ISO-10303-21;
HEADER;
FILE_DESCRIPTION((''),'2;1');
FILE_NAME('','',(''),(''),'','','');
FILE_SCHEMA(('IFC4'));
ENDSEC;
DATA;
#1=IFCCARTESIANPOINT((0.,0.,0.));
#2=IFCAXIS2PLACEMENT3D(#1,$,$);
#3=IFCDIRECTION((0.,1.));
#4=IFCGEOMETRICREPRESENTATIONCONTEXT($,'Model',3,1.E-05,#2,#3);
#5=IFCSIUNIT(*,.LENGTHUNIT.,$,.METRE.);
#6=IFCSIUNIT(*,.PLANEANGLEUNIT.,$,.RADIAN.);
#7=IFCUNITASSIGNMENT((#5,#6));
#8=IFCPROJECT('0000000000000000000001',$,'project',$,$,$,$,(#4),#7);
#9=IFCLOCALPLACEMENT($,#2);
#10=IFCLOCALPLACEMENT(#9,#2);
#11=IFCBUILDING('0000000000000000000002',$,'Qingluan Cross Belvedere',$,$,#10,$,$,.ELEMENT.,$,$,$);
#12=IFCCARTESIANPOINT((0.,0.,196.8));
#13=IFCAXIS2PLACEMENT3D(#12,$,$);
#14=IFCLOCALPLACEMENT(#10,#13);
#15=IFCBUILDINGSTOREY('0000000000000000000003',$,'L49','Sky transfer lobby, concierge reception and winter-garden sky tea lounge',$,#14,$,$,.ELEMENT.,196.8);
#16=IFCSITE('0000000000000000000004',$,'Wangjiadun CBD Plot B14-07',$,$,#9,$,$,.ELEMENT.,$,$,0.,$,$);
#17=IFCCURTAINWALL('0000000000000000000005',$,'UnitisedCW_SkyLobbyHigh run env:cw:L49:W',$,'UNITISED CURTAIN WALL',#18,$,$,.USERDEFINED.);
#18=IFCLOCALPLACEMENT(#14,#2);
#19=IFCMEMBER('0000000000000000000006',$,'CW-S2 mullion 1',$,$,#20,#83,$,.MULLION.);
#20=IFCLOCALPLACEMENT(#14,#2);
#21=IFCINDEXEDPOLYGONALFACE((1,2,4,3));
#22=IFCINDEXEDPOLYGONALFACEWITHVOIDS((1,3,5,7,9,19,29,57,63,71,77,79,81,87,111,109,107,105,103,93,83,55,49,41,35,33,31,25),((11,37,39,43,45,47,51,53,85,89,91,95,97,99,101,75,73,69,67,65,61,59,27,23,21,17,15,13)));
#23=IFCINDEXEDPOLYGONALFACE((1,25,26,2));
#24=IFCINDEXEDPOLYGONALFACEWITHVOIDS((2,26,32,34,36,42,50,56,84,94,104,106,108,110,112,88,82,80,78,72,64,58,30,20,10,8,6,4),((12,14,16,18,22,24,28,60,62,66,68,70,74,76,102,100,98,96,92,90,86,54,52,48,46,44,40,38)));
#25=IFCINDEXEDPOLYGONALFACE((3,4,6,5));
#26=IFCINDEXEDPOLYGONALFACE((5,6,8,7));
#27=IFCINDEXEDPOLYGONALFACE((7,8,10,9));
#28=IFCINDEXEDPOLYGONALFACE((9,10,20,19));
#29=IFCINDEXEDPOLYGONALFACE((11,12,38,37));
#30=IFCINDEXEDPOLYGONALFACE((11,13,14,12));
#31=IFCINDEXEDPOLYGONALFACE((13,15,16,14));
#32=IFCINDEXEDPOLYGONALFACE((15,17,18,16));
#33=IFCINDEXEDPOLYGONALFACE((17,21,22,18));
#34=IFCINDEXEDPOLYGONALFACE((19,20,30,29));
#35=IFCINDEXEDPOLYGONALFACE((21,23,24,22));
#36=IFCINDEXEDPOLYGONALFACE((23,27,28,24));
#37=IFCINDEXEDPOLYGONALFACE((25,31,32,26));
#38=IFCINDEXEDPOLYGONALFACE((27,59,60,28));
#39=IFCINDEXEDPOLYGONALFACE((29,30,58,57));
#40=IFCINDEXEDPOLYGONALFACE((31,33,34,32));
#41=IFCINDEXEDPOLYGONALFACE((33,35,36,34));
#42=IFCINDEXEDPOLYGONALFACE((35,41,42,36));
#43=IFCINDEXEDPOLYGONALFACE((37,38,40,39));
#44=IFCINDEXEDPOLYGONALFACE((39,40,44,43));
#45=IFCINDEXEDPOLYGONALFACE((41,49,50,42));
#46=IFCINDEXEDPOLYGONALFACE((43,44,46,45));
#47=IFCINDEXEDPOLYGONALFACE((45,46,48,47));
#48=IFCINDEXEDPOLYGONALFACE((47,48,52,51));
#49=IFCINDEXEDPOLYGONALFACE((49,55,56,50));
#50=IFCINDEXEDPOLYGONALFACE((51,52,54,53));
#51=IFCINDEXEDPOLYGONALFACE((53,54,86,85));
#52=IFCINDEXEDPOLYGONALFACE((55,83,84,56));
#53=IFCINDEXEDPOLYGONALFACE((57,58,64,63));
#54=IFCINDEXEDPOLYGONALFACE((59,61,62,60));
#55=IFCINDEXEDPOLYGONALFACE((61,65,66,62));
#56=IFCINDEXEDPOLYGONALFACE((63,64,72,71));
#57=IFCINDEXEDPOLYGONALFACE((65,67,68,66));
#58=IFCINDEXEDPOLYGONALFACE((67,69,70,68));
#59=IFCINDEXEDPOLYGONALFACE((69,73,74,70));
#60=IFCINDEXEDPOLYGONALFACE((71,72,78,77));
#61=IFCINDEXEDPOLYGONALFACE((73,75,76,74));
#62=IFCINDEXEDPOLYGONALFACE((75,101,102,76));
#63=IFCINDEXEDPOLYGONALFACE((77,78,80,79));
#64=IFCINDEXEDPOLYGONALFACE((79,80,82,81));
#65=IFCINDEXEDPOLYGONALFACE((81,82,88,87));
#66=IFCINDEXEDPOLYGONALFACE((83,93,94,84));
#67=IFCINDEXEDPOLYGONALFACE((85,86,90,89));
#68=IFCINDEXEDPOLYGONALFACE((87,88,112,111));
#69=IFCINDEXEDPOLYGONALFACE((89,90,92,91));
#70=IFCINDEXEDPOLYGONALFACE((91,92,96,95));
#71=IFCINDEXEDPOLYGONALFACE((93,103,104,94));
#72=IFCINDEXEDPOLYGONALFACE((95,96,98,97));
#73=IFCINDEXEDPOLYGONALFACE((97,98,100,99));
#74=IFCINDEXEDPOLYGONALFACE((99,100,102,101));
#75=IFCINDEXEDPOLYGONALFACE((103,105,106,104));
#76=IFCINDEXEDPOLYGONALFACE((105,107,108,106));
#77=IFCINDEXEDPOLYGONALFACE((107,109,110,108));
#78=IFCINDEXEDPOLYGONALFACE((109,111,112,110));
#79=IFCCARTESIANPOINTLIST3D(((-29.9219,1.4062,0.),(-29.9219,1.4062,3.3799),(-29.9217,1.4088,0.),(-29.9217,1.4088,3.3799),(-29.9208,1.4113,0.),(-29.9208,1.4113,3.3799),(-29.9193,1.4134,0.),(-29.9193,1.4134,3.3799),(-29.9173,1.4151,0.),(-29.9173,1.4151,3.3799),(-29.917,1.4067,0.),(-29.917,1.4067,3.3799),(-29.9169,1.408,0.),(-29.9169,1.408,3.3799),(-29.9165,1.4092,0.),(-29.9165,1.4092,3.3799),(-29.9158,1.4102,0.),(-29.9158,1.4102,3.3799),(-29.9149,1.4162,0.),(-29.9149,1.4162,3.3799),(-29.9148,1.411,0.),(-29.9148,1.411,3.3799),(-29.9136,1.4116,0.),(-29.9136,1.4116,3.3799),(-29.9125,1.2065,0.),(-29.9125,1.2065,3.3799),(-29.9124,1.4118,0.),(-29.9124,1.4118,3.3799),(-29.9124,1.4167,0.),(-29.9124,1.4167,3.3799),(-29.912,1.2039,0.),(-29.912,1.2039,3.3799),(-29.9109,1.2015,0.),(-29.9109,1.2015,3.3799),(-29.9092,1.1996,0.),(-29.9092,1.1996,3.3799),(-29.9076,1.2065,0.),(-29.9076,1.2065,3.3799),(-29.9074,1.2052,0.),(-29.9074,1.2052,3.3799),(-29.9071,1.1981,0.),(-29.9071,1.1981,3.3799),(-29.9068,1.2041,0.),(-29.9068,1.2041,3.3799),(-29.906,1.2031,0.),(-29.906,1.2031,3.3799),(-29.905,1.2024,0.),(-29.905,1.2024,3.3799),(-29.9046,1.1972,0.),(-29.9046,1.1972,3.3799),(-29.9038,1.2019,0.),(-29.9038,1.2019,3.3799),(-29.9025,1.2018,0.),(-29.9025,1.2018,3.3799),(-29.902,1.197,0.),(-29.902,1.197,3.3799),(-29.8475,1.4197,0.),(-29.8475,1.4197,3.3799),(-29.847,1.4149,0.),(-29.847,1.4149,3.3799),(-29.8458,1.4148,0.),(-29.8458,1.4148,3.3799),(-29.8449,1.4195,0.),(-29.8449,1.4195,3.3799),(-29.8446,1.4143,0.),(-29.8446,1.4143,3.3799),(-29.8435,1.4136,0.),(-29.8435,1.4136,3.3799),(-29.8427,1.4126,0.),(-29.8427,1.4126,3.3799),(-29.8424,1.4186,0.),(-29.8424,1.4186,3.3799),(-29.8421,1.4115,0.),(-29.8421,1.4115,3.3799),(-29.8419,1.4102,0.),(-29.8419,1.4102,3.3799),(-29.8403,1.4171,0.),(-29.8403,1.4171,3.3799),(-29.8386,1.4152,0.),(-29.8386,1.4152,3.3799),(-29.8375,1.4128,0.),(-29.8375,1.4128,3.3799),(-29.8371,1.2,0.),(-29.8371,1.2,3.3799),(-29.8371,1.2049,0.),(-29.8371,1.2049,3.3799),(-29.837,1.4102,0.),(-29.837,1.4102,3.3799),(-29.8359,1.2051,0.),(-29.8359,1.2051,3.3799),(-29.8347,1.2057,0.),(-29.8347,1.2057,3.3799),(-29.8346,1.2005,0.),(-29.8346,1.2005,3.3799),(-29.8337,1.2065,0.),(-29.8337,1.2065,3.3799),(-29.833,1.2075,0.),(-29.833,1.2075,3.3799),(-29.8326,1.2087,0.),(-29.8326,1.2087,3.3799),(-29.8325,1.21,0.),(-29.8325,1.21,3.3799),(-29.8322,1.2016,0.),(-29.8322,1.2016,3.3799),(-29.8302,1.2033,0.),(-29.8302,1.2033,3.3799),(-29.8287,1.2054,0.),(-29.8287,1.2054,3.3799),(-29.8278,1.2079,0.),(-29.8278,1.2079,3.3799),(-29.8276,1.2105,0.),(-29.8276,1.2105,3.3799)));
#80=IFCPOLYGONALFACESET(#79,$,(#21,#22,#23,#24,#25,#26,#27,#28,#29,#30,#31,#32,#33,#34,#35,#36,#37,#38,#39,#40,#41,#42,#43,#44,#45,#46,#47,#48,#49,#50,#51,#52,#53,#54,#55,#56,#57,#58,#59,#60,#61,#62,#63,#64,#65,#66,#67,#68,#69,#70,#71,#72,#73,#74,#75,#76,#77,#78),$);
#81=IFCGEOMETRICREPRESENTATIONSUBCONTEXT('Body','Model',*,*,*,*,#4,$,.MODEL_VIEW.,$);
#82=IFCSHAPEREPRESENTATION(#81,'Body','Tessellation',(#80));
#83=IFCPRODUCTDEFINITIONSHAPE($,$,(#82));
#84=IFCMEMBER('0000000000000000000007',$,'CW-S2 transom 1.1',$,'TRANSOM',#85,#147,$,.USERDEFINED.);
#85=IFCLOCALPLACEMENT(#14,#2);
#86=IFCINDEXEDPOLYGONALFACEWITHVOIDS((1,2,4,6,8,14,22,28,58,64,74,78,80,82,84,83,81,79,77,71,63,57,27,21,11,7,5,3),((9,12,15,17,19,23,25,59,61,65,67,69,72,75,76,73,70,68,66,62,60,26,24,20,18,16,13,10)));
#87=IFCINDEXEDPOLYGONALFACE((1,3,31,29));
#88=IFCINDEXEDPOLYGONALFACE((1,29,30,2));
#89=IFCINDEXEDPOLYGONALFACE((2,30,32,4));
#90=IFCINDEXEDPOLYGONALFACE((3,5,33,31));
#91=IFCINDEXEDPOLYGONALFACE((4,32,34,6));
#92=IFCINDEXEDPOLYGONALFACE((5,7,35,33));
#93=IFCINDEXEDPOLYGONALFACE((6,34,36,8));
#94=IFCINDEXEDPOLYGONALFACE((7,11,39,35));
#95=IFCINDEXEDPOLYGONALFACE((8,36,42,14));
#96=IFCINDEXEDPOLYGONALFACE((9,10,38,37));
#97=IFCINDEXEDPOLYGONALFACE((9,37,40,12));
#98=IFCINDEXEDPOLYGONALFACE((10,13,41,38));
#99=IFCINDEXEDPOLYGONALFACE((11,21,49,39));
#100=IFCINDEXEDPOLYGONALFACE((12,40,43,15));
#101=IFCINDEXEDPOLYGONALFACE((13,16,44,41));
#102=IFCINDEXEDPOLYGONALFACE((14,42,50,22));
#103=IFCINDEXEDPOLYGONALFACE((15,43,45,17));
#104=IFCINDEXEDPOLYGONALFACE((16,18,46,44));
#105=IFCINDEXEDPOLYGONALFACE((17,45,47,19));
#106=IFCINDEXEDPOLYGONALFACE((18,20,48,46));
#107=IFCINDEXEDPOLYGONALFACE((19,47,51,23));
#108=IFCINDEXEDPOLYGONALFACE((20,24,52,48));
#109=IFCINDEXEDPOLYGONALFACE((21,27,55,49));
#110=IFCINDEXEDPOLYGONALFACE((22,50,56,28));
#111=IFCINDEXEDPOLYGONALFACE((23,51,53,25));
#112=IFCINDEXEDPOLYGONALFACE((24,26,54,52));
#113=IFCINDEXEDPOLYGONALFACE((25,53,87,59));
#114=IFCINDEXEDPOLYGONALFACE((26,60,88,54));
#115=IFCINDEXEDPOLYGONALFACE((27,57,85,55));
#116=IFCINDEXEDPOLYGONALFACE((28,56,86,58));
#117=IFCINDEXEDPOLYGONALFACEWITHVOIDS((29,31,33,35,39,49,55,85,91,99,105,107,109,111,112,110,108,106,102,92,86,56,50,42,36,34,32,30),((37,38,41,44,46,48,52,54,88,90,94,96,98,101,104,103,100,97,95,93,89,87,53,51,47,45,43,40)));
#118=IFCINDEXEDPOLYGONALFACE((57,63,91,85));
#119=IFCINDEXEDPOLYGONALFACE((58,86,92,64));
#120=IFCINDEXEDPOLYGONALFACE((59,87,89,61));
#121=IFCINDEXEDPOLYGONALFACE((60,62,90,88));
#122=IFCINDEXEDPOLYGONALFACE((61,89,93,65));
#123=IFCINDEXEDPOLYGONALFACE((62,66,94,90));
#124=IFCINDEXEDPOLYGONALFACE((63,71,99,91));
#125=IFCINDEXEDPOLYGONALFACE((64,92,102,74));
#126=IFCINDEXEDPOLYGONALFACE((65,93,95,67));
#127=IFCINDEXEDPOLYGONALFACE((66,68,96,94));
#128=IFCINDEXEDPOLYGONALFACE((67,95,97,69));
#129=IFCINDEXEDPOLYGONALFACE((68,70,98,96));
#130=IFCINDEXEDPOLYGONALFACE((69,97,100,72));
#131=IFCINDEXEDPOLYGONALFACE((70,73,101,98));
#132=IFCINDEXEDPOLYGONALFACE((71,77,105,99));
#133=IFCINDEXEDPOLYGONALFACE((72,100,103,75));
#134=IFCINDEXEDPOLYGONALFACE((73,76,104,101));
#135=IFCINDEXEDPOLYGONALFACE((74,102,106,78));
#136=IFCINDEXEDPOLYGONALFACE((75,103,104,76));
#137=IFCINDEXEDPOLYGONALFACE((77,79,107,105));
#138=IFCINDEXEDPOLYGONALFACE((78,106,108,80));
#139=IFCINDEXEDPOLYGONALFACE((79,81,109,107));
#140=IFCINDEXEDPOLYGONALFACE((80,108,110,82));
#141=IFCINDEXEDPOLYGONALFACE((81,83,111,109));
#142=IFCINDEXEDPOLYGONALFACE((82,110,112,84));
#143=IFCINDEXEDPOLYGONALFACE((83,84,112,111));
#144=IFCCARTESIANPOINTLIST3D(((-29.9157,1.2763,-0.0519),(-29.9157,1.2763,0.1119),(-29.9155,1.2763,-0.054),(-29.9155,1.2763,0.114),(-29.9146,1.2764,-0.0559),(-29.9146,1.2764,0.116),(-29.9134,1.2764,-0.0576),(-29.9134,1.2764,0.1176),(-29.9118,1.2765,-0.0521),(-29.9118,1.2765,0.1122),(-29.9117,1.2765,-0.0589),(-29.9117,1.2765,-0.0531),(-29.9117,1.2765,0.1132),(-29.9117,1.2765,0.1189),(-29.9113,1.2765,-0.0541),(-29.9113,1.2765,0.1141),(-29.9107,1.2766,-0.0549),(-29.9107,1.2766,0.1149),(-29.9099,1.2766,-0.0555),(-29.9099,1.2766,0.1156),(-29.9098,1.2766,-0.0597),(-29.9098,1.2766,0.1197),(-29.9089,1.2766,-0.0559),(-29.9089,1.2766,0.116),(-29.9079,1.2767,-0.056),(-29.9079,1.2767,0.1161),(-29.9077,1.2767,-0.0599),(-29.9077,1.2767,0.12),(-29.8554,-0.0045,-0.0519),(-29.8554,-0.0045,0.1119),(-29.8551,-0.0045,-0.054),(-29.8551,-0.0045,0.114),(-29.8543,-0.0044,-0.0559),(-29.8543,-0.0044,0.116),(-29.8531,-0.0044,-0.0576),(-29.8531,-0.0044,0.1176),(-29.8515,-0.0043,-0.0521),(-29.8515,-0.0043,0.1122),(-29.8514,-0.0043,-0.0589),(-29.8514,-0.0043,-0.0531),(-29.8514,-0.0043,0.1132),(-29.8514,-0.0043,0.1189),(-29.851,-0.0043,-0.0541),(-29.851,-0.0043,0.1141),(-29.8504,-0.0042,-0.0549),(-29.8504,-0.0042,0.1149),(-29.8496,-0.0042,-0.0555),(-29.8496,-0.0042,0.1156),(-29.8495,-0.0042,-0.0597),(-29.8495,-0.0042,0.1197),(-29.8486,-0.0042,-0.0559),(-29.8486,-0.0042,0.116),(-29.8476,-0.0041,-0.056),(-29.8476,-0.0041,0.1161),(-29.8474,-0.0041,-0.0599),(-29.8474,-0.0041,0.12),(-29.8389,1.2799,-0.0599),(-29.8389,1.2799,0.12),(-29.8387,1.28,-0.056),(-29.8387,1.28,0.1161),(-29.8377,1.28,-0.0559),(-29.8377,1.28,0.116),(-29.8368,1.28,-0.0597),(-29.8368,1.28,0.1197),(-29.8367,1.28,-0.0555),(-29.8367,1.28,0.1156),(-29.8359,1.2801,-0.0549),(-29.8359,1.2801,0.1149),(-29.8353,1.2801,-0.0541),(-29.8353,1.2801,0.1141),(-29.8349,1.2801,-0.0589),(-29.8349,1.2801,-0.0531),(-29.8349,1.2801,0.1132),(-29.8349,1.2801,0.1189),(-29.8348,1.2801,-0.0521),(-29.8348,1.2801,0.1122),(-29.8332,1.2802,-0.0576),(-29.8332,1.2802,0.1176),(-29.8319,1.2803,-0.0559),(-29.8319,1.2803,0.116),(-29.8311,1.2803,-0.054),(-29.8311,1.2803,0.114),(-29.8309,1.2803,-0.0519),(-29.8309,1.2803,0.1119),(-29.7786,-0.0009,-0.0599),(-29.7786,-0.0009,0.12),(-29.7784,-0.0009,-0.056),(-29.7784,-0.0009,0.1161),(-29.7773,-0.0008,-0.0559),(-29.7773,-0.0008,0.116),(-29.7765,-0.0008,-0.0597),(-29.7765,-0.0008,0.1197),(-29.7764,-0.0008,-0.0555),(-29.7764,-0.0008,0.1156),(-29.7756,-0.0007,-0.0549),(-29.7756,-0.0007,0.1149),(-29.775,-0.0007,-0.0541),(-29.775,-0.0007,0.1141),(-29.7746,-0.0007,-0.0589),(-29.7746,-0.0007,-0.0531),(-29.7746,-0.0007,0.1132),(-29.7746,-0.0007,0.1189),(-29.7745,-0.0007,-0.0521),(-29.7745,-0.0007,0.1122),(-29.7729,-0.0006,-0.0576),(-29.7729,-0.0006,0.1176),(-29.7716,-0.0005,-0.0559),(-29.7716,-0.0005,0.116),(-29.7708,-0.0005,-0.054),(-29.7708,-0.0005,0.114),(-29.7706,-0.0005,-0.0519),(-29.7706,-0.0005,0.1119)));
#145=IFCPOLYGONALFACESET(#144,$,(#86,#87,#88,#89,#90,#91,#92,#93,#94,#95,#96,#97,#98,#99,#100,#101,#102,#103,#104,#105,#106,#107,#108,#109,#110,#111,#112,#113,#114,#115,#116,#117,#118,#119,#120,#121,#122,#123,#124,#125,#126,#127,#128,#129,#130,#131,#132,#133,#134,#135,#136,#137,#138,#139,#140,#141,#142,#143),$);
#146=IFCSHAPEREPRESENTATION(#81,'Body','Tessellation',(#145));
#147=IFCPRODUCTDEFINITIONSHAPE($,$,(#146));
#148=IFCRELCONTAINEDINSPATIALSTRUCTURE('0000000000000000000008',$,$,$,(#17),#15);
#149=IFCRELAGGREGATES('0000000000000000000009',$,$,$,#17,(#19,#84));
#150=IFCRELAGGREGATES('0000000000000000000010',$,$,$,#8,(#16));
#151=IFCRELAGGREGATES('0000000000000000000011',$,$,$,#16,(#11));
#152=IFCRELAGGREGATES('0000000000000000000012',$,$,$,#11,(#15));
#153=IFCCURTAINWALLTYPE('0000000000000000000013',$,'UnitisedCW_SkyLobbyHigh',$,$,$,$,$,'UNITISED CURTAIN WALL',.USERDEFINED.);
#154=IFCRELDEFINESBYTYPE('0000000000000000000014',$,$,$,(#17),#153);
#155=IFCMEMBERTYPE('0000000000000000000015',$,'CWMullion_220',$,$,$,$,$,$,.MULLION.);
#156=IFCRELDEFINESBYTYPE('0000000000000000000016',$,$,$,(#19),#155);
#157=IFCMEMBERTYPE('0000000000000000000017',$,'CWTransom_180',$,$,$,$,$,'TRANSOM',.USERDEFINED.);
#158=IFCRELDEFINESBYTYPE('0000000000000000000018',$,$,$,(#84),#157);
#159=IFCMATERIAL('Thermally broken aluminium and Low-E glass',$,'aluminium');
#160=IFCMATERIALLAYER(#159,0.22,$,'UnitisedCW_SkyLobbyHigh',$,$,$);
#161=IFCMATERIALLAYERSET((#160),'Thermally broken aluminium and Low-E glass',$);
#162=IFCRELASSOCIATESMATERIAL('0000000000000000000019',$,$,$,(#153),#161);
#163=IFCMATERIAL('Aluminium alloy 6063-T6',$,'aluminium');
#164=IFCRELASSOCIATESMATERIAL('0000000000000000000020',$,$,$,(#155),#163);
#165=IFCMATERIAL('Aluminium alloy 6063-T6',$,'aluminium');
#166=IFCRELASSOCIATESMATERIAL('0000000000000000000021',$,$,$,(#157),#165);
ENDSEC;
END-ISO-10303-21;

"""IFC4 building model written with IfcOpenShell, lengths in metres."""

from ifc_helpers import new_model, si_unit, direction, frame, origin, origin_2d, place, context, subcontext, project, spatial, hollow_rectangle, extrude, material, layer, layer_set, material_profile, profile_set, type_object, element, aggregate, save


model = new_model("IFC4")

# Units and contexts
model_context = context("Model", 3, precision=1e-05, world=origin(), true_north=direction((0.0, 1.0)))
body_context = subcontext(model_context, "Body", "Model", "MODEL_VIEW")
ifc_project = project(units=[si_unit("LENGTHUNIT", "METRE"), si_unit("PLANEANGLEUNIT", "RADIAN")], contexts=[model_context])

# Site, building, storey
site_placement = place(None, origin())
site = spatial("IfcSite", under=ifc_project, at=site_placement, Name="Wangjiadun CBD Plot B14-07", CompositionType="ELEMENT", RefElevation=0.0)
building_placement = place(site_placement, origin())
building = spatial("IfcBuilding", under=site, at=building_placement, Name="Qingluan Cross Belvedere", CompositionType="ELEMENT")
storey_placement = place(building_placement, frame((0.0, 0.0, 196.8)))
storey = spatial("IfcBuildingStorey", under=building, at=storey_placement, Name="L49", Description="Sky transfer lobby, concierge reception and winter-garden sky tea lounge", CompositionType="ELEMENT", Elevation=196.8)

# Curtain wall, members
ifc_material_1 = material(Name="Thermally broken aluminium and Low-E glass", Category="aluminium")
ifc_layer_1 = layer(ifc_material_1, 0.22, Name="UnitisedCW_SkyLobbyHigh")
ifc_layer_set_1 = layer_set([ifc_layer_1], Name="Thermally broken aluminium and Low-E glass")
curtain_wall_type = type_object("IfcCurtainWallType", Name="UnitisedCW_SkyLobbyHigh", ElementType="UNITISED CURTAIN WALL", PredefinedType="USERDEFINED", material=ifc_layer_set_1)
curtain_wall_placement = place(storey_placement, origin())
curtain_wall = element("IfcCurtainWall", 1, at=curtain_wall_placement, inside=storey, type_object=curtain_wall_type, Name="UnitisedCW_SkyLobbyHigh run env:cw:L49:W", ObjectType="UNITISED CURTAIN WALL", PredefinedType="USERDEFINED")
ifc_material_2 = material(Name="Aluminium alloy 6063-T6", Category="aluminium")
ifc_material_profile_1 = material_profile(ifc_material_2, hollow_rectangle(XDim=0.085, YDim=0.22, WallThickness=0.0049, InnerFilletRadius=0.0049, OuterFilletRadius=0.01, at=origin_2d()), Name="CWM220x85x5")
ifc_profile_set_1 = profile_set([ifc_material_profile_1], Name="Aluminium alloy 6063-T6")
member_type_1 = type_object("IfcMemberType", Name="CWMullion_220", PredefinedType="MULLION", material=ifc_profile_set_1)
member_1_placement = place(storey_placement, frame((-29.8748, 1.3083, 0.0), z_axis=(0.0, 0.0, 1.0), x_axis=(0.99889, 0.047102, 0.0)))
member_1 = element("IfcMember", 2, at=member_1_placement, type_object=member_type_1, Name="CW-S2 mullion 1", PredefinedType="MULLION", context=body_context, shape_type="SweptSolid", body=[
    extrude(hollow_rectangle(XDim=0.085, YDim=0.22, WallThickness=0.0049, InnerFilletRadius=0.0049, OuterFilletRadius=0.01, at=origin_2d()), origin(), (0.0, 0.0, 1.0), 3.3799),
])
ifc_material_3 = material(Name="Aluminium alloy 6063-T6", Category="aluminium")
ifc_material_profile_2 = material_profile(ifc_material_3, hollow_rectangle(XDim=0.085, YDim=0.1799, WallThickness=0.0039, InnerFilletRadius=0.0039, OuterFilletRadius=0.0081, at=origin_2d()), Name="CWT180x85x4")
ifc_profile_set_2 = profile_set([ifc_material_profile_2], Name="Aluminium alloy 6063-T6")
member_type_2 = type_object("IfcMemberType", Name="CWTransom_180", ElementType="TRANSOM", PredefinedType="USERDEFINED", material=ifc_profile_set_2)
member_2_placement = place(storey_placement, frame((-29.8733, 1.2783, 0.03), z_axis=(0.047031, -0.998893, 0.0), x_axis=(0.998893, 0.047031, 0.0)))
member_2 = element("IfcMember", 3, at=member_2_placement, type_object=member_type_2, Name="CW-S2 transom 1.1", ObjectType="TRANSOM", PredefinedType="USERDEFINED", context=body_context, shape_type="SweptSolid", body=[
    extrude(hollow_rectangle(XDim=0.085, YDim=0.1799, WallThickness=0.0039, InnerFilletRadius=0.0039, OuterFilletRadius=0.0081, at=origin_2d()), origin(), (0.0, 0.0, 1.0), 1.2822),
])
aggregate(curtain_wall, [member_1, member_2])

save(model, "model.ifc")
